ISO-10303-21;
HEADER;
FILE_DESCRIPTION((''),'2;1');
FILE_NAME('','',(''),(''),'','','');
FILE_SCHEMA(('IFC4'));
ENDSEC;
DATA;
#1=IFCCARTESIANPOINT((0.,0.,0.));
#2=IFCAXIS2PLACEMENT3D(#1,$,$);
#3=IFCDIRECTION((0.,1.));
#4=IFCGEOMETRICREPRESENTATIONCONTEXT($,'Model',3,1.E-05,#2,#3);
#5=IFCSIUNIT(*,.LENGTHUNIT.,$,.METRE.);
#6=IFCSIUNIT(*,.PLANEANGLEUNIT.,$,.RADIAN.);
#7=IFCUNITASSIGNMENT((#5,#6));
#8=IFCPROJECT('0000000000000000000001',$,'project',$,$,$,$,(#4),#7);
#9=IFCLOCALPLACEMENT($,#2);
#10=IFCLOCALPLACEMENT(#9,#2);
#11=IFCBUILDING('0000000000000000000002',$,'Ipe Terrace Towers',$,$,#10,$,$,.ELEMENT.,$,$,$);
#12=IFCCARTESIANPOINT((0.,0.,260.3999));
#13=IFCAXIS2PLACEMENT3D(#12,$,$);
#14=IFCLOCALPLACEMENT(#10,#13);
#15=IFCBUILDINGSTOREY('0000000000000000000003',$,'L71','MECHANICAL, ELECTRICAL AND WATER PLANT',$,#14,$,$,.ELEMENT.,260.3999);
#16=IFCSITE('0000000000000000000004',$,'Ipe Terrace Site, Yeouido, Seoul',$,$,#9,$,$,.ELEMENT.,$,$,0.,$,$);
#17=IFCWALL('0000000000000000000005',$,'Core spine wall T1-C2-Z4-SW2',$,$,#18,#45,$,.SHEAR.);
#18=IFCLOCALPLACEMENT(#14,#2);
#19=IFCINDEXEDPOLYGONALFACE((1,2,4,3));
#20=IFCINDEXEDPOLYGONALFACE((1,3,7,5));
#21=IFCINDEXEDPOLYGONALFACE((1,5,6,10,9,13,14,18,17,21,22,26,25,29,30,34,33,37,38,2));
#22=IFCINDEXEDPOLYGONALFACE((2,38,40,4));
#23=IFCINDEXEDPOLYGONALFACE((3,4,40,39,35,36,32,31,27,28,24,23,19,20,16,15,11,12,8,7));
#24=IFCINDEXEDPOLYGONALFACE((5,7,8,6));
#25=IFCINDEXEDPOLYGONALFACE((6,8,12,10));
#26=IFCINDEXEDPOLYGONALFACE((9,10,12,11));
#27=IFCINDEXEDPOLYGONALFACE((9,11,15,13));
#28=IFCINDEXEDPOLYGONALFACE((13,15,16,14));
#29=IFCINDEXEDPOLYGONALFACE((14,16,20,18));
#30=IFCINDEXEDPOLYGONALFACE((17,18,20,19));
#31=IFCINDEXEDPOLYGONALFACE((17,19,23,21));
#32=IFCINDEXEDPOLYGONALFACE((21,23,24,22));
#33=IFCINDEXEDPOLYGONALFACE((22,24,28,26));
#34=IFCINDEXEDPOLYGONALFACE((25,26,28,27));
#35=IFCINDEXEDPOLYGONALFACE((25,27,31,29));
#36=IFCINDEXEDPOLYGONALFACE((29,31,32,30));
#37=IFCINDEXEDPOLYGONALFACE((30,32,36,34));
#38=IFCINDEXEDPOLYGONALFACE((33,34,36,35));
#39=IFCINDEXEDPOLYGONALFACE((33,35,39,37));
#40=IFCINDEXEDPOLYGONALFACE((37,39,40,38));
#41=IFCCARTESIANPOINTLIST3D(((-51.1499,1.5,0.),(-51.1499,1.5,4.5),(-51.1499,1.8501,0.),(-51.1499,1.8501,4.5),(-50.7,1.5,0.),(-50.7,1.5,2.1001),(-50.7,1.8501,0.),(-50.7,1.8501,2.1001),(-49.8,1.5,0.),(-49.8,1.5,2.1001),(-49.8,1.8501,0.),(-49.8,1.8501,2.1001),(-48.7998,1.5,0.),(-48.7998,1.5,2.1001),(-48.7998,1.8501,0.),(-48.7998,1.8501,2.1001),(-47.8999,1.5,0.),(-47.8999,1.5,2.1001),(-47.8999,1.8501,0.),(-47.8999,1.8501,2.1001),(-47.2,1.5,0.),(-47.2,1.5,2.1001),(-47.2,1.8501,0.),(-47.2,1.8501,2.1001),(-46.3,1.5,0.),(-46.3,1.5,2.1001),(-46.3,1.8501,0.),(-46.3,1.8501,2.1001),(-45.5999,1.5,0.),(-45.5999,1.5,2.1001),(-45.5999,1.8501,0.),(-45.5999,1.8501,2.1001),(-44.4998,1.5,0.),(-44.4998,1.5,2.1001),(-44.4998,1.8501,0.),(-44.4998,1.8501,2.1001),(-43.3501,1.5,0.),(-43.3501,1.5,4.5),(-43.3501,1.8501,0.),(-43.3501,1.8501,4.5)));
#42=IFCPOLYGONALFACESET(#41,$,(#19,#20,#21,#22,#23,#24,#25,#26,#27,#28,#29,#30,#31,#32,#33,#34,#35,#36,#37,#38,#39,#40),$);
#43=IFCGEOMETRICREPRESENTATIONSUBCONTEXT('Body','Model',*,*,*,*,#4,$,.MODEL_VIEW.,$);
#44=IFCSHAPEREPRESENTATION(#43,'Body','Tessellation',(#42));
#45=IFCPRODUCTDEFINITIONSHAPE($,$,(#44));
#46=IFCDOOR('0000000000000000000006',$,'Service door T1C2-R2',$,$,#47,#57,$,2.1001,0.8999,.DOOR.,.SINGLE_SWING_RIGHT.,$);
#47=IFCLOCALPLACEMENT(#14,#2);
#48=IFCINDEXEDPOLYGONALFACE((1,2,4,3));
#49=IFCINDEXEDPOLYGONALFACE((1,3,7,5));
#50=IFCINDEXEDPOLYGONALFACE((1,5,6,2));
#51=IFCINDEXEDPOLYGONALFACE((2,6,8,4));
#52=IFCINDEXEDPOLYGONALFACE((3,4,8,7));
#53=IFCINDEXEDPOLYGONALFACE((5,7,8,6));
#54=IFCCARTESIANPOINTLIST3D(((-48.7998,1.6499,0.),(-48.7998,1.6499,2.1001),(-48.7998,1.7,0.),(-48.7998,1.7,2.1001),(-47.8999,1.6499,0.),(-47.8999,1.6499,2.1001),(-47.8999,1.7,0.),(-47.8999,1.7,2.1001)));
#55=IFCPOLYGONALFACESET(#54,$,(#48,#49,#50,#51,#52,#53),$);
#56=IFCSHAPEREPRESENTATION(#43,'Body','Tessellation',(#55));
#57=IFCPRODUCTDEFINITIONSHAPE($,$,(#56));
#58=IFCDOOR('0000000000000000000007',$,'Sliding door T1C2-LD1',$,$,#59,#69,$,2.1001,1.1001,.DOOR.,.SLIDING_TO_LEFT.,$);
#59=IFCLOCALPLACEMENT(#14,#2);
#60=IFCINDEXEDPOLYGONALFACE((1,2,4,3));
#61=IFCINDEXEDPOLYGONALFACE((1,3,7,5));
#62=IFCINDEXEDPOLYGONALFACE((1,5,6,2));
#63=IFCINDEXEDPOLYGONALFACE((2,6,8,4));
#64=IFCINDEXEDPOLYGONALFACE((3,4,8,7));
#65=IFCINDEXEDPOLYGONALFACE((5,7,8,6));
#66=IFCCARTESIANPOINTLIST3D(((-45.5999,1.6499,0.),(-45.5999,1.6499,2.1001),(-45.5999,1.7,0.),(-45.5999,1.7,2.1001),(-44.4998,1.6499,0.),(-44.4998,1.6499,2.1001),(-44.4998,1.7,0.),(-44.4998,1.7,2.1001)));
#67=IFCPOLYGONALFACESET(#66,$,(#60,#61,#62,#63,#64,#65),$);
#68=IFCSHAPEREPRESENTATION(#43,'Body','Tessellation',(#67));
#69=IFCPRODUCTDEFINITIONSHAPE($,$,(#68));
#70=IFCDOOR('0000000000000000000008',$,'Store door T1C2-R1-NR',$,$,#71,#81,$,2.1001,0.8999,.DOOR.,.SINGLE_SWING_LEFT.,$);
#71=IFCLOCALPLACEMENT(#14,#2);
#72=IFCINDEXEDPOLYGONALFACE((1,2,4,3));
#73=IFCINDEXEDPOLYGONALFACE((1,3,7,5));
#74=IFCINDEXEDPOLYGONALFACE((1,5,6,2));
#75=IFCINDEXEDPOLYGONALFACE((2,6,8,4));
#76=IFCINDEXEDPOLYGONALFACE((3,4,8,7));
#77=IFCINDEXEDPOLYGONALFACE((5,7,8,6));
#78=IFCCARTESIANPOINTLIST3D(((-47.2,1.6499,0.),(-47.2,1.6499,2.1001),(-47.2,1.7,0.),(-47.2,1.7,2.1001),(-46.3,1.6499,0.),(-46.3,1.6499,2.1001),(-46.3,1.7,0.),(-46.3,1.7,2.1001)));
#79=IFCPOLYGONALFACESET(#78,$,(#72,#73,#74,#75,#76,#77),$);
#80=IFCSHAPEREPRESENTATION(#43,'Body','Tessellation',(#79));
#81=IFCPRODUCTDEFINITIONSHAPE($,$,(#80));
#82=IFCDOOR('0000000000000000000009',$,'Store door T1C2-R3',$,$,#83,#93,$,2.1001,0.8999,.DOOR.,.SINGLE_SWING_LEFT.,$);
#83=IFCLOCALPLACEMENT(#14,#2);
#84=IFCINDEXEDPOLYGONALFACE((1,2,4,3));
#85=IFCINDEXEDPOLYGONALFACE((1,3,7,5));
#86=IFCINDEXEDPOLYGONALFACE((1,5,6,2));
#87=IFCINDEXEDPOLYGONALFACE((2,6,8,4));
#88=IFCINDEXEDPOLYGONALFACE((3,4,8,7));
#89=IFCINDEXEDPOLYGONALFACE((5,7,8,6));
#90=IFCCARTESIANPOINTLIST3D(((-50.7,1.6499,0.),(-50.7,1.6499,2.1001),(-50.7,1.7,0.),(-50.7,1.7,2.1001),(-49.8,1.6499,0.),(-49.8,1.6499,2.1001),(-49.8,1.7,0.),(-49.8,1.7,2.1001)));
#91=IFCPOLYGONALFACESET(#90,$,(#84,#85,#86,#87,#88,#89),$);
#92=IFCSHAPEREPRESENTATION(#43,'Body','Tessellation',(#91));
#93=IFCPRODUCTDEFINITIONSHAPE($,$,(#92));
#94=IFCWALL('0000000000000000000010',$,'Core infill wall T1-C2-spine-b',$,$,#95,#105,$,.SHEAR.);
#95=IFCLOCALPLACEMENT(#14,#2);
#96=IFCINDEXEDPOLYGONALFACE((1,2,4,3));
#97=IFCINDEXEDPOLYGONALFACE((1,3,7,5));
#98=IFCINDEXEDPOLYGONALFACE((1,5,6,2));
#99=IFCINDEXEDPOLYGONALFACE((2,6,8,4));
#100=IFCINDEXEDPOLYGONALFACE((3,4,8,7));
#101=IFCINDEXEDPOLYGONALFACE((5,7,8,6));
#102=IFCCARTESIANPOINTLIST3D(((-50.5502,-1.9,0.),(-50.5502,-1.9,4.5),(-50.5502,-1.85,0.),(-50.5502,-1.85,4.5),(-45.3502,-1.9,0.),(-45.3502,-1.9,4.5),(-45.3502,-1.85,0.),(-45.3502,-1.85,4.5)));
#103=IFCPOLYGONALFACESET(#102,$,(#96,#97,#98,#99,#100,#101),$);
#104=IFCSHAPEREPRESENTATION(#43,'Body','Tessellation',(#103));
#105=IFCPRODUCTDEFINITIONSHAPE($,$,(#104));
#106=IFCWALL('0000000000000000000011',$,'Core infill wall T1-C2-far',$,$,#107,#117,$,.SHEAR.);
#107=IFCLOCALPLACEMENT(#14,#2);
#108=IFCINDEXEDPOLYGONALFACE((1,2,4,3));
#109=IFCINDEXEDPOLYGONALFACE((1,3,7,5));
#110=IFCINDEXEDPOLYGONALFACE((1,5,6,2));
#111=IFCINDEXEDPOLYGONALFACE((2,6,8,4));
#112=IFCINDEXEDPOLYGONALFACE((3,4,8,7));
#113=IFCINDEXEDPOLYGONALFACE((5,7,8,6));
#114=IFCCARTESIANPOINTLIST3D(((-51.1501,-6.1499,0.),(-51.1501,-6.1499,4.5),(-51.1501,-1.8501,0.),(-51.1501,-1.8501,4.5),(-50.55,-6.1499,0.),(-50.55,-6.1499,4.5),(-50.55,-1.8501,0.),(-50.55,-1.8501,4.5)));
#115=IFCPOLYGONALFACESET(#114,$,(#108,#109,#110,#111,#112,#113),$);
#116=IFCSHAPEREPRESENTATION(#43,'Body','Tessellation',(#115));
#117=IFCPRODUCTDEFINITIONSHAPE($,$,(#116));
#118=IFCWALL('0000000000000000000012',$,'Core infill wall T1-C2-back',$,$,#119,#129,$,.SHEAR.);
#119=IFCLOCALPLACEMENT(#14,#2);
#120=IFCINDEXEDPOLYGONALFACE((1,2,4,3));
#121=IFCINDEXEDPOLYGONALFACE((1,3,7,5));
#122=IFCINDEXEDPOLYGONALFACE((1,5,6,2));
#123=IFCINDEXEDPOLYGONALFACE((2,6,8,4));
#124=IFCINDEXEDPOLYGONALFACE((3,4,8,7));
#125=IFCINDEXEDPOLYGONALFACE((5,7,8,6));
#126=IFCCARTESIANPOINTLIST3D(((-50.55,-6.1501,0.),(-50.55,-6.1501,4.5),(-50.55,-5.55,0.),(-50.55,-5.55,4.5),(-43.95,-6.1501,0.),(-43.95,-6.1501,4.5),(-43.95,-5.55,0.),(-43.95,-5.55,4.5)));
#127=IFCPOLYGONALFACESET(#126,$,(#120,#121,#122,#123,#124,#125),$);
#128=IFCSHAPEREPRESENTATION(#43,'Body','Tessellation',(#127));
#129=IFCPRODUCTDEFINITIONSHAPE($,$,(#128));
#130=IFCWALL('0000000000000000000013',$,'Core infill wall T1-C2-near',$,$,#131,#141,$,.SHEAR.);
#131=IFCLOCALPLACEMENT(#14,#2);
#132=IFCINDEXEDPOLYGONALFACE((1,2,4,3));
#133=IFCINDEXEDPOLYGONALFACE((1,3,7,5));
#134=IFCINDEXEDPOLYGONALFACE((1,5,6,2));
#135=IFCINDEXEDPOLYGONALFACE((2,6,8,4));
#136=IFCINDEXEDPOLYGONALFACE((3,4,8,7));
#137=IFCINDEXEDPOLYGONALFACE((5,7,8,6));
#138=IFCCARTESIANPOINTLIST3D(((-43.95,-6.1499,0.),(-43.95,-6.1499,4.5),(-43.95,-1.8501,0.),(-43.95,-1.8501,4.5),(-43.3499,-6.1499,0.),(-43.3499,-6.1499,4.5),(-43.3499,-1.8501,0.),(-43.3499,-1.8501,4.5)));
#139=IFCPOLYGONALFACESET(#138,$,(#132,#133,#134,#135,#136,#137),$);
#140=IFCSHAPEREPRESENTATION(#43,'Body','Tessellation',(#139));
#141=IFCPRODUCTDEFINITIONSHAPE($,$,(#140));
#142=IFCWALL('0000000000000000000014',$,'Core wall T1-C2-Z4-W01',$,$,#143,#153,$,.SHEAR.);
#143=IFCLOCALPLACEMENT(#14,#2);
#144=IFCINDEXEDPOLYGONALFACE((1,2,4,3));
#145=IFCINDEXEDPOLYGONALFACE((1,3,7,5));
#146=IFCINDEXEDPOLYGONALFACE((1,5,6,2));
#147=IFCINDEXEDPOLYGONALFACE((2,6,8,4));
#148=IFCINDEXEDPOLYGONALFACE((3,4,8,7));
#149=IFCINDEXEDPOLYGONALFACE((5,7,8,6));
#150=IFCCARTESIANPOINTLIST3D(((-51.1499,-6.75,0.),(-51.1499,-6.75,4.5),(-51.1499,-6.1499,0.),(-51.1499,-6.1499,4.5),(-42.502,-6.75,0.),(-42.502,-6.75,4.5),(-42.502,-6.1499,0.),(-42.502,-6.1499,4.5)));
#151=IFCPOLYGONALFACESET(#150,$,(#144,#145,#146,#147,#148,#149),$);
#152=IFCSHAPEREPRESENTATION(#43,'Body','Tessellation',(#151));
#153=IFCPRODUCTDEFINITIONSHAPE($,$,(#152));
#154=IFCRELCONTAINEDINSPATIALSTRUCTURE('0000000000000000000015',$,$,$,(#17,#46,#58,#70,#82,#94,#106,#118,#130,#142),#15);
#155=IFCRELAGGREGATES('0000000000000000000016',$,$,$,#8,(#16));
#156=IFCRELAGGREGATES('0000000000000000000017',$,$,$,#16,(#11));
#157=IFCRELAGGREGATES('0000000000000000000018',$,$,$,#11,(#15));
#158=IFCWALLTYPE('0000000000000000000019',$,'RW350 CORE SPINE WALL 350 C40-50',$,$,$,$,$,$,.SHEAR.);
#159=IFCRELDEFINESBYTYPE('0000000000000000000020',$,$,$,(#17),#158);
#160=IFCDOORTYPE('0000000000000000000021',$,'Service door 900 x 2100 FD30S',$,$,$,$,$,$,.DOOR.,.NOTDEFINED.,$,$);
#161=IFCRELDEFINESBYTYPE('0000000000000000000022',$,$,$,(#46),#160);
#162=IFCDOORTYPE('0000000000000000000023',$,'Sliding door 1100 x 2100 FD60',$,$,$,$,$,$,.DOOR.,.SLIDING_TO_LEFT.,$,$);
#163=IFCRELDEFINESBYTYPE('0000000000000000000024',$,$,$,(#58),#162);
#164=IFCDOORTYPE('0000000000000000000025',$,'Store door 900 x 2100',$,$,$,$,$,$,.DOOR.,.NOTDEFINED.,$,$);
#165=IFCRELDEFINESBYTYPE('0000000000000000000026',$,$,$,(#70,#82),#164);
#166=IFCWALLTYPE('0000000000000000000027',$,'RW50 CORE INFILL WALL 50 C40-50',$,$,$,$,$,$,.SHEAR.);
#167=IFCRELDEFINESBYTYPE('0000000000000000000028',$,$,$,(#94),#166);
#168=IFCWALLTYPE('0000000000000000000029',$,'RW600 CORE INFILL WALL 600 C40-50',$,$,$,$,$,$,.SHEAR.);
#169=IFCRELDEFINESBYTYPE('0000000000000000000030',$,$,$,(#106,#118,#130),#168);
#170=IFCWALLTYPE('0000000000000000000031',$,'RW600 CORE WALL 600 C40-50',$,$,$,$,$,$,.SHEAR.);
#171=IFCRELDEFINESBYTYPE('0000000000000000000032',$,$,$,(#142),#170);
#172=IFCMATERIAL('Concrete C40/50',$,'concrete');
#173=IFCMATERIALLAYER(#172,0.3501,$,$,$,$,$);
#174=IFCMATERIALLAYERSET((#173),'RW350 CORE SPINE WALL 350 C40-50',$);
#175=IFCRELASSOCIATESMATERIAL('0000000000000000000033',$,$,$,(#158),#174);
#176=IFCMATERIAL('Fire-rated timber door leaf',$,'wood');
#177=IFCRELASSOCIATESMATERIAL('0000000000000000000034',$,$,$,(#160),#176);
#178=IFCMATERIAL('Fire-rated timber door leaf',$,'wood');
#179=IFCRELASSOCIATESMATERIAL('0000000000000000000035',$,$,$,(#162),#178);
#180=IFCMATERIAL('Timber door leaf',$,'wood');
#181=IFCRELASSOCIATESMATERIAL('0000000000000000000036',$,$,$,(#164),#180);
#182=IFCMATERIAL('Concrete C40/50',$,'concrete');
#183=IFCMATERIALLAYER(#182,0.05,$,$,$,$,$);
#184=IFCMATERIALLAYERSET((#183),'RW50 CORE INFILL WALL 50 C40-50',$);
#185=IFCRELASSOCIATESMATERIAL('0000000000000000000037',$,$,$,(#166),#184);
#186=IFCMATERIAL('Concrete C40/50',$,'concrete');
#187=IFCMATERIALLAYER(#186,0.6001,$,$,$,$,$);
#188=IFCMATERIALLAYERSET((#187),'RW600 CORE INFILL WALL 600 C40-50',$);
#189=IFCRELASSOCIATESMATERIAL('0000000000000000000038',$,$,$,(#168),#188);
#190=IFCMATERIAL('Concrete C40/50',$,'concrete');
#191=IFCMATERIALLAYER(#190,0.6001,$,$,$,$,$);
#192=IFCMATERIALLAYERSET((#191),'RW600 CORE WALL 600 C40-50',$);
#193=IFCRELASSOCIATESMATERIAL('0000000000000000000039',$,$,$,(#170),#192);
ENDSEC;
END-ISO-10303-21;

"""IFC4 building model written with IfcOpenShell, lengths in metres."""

from ifc_helpers import new_model, si_unit, direction, frame, frame_2d, origin, place, context, subcontext, project, spatial, rectangle, extrude, material, layer, layer_set, type_object, element, fill, save


model = new_model("IFC4")

# Units and contexts
model_context = context("Model", 3, precision=1e-05, world=origin(), true_north=direction((0.0, 1.0)))
body_context = subcontext(model_context, "Body", "Model", "MODEL_VIEW")
ifc_project = project(units=[si_unit("LENGTHUNIT", "METRE"), si_unit("PLANEANGLEUNIT", "RADIAN")], contexts=[model_context])

# Site, building, storey
site_placement = place(None, origin())
site = spatial("IfcSite", under=ifc_project, at=site_placement, Name="Ipe Terrace Site, Yeouido, Seoul", CompositionType="ELEMENT", RefElevation=0.0)
building_placement = place(site_placement, origin())
building = spatial("IfcBuilding", under=site, at=building_placement, Name="Ipe Terrace Towers", CompositionType="ELEMENT")
storey_placement = place(building_placement, frame((0.0, 0.0, 260.3999)))
storey = spatial("IfcBuildingStorey", under=building, at=storey_placement, Name="L71", Description="MECHANICAL, ELECTRICAL AND WATER PLANT", CompositionType="ELEMENT", Elevation=260.3999)

# Shared definitions
ifc_material_1 = material(Name="Concrete C40/50", Category="concrete")
ifc_layer_1 = layer(ifc_material_1, 0.3501)
ifc_layer_set_1 = layer_set([ifc_layer_1], Name="RW350 CORE SPINE WALL 350 C40-50")
wall_type_1 = type_object("IfcWallType", Name="RW350 CORE SPINE WALL 350 C40-50", PredefinedType="SHEAR", material=ifc_layer_set_1)

# Wall, openings, doors
wall_1_placement = place(storey_placement, frame((-51.1499, 1.675, 0.0), z_axis=(0.0, 0.0, 1.0), x_axis=(1.0, 0.0, 0.0)))
wall_1 = element("IfcWall", 1, at=wall_1_placement, inside=storey, type_object=wall_type_1, Name="Core spine wall T1-C2-Z4-SW2", PredefinedType="SHEAR", context=body_context, shape_type="SweptSolid", body=[
    extrude(rectangle(XDim=7.7998, YDim=0.3501, at=frame_2d((3.8999, 0.0))), origin(), (0.0, 0.0, 1.0), 4.5),
])
opening_1_placement = place(wall_1_placement, frame((5.55, 0.0, 0.0)))
opening_1 = element("IfcOpeningElement", 2, at=opening_1_placement, cuts=wall_1, PredefinedType="OPENING", context=body_context, shape_type="SweptSolid", body=[
    extrude(rectangle(XDim=1.1001, YDim=2.1001, at=frame_2d((0.55, 1.05))), frame((0.0, 0.1851, 0.0), z_axis=(0.0, -1.0, 0.0), x_axis=(1.0, 0.0, 0.0)), (0.0, 0.0, 1.0), 0.3701),
])
opening_2_placement = place(wall_1_placement, frame((3.95, 0.0, 0.0)))
opening_2 = element("IfcOpeningElement", 3, at=opening_2_placement, cuts=wall_1, PredefinedType="OPENING", context=body_context, shape_type="SweptSolid", body=[
    extrude(rectangle(XDim=0.8999, YDim=2.1001, at=frame_2d((0.45, 1.05))), frame((0.0, 0.1851, 0.0), z_axis=(0.0, -1.0, 0.0), x_axis=(1.0, 0.0, 0.0)), (0.0, 0.0, 1.0), 0.3701),
])
opening_3_placement = place(wall_1_placement, frame((2.3501, 0.0, 0.0)))
opening_3 = element("IfcOpeningElement", 4, at=opening_3_placement, cuts=wall_1, PredefinedType="OPENING", context=body_context, shape_type="SweptSolid", body=[
    extrude(rectangle(XDim=0.8999, YDim=2.1001, at=frame_2d((0.45, 1.05))), frame((0.0, 0.1851, 0.0), z_axis=(0.0, -1.0, 0.0), x_axis=(1.0, 0.0, 0.0)), (0.0, 0.0, 1.0), 0.3701),
])
opening_4_placement = place(wall_1_placement, frame((0.45, 0.0, 0.0)))
opening_4 = element("IfcOpeningElement", 5, at=opening_4_placement, cuts=wall_1, PredefinedType="OPENING", context=body_context, shape_type="SweptSolid", body=[
    extrude(rectangle(XDim=0.8999, YDim=2.1001, at=frame_2d((0.45, 1.05))), frame((0.0, 0.1851, 0.0), z_axis=(0.0, -1.0, 0.0), x_axis=(1.0, 0.0, 0.0)), (0.0, 0.0, 1.0), 0.3701),
])
ifc_material_2 = material(Name="Fire-rated timber door leaf", Category="wood")
door_type_1 = type_object("IfcDoorType", Name="Service door 900 x 2100 FD30S", OperationType="NOTDEFINED", PredefinedType="DOOR", material=ifc_material_2)
door_1_placement = place(opening_3_placement, origin())
door_1 = element("IfcDoor", 6, at=door_1_placement, inside=storey, type_object=door_type_1, Name="Service door T1C2-R2", OperationType="SINGLE_SWING_RIGHT", OverallHeight=2.1001, OverallWidth=0.8999, PredefinedType="DOOR", context=body_context, shape_type="SweptSolid", body=[
    extrude(rectangle(XDim=0.8999, YDim=2.1001, at=frame_2d((0.45, 1.05))), frame((0.0, 0.0249, 0.0), z_axis=(0.0, -1.0, 0.0), x_axis=(1.0, 0.0, 0.0)), (0.0, 0.0, 1.0), 0.05),
])
fill(opening_3, door_1)
ifc_material_3 = material(Name="Fire-rated timber door leaf", Category="wood")
door_type_2 = type_object("IfcDoorType", Name="Sliding door 1100 x 2100 FD60", OperationType="SLIDING_TO_LEFT", PredefinedType="DOOR", material=ifc_material_3)
door_2_placement = place(opening_1_placement, origin())
door_2 = element("IfcDoor", 7, at=door_2_placement, inside=storey, type_object=door_type_2, Name="Sliding door T1C2-LD1", OperationType="SLIDING_TO_LEFT", OverallHeight=2.1001, OverallWidth=1.1001, PredefinedType="DOOR", context=body_context, shape_type="SweptSolid", body=[
    extrude(rectangle(XDim=1.1001, YDim=2.1001, at=frame_2d((0.55, 1.05))), frame((0.0, 0.0249, 0.0), z_axis=(0.0, -1.0, 0.0), x_axis=(1.0, 0.0, 0.0)), (0.0, 0.0, 1.0), 0.05),
])
fill(opening_1, door_2)
ifc_material_4 = material(Name="Timber door leaf", Category="wood")
door_type_3 = type_object("IfcDoorType", Name="Store door 900 x 2100", OperationType="NOTDEFINED", PredefinedType="DOOR", material=ifc_material_4)
door_3_placement = place(opening_2_placement, origin())
door_3 = element("IfcDoor", 8, at=door_3_placement, inside=storey, type_object=door_type_3, Name="Store door T1C2-R1-NR", OperationType="SINGLE_SWING_LEFT", OverallHeight=2.1001, OverallWidth=0.8999, PredefinedType="DOOR", context=body_context, shape_type="SweptSolid", body=[
    extrude(rectangle(XDim=0.8999, YDim=2.1001, at=frame_2d((0.45, 1.05))), frame((0.0, 0.0249, 0.0), z_axis=(0.0, -1.0, 0.0), x_axis=(1.0, 0.0, 0.0)), (0.0, 0.0, 1.0), 0.05),
])
fill(opening_2, door_3)
door_4_placement = place(opening_4_placement, origin())
door_4 = element("IfcDoor", 9, at=door_4_placement, inside=storey, type_object=door_type_3, Name="Store door T1C2-R3", OperationType="SINGLE_SWING_LEFT", OverallHeight=2.1001, OverallWidth=0.8999, PredefinedType="DOOR", context=body_context, shape_type="SweptSolid", body=[
    extrude(rectangle(XDim=0.8999, YDim=2.1001, at=frame_2d((0.45, 1.05))), frame((0.0, 0.0249, 0.0), z_axis=(0.0, -1.0, 0.0), x_axis=(1.0, 0.0, 0.0)), (0.0, 0.0, 1.0), 0.05),
])
fill(opening_4, door_4)

# Walls
ifc_material_5 = material(Name="Concrete C40/50", Category="concrete")
ifc_layer_2 = layer(ifc_material_5, 0.05)
ifc_layer_set_2 = layer_set([ifc_layer_2], Name="RW50 CORE INFILL WALL 50 C40-50")
wall_type_2 = type_object("IfcWallType", Name="RW50 CORE INFILL WALL 50 C40-50", PredefinedType="SHEAR", material=ifc_layer_set_2)
wall_2_placement = place(storey_placement, frame((-45.3501, -1.875, 0.0), z_axis=(0.0, 0.0, 1.0), x_axis=(-1.0, 0.0, 0.0)))
element("IfcWall", 10, at=wall_2_placement, inside=storey, type_object=wall_type_2, Name="Core infill wall T1-C2-spine-b", PredefinedType="SHEAR", context=body_context, shape_type="SweptSolid", body=[
    extrude(rectangle(XDim=5.2, YDim=0.05, at=frame_2d((2.6001, 0.0))), origin(), (0.0, 0.0, 1.0), 4.5),
])
ifc_material_6 = material(Name="Concrete C40/50", Category="concrete")
ifc_layer_3 = layer(ifc_material_6, 0.6001)
ifc_layer_set_3 = layer_set([ifc_layer_3], Name="RW600 CORE INFILL WALL 600 C40-50")
wall_type_3 = type_object("IfcWallType", Name="RW600 CORE INFILL WALL 600 C40-50", PredefinedType="SHEAR", material=ifc_layer_set_3)
wall_3_placement = place(storey_placement, frame((-50.8501, -1.8501, 0.0), z_axis=(0.0, 0.0, 1.0), x_axis=(0.0, -1.0, 0.0)))
element("IfcWall", 11, at=wall_3_placement, inside=storey, type_object=wall_type_3, Name="Core infill wall T1-C2-far", PredefinedType="SHEAR", context=body_context, shape_type="SweptSolid", body=[
    extrude(rectangle(XDim=4.2998, YDim=0.6001, at=frame_2d((2.1499, 0.0))), origin(), (0.0, 0.0, 1.0), 4.5),
])
wall_4_placement = place(storey_placement, frame((-43.95, -5.8501, 0.0), z_axis=(0.0, 0.0, 1.0), x_axis=(-1.0, 0.0, 0.0)))
element("IfcWall", 12, at=wall_4_placement, inside=storey, type_object=wall_type_3, Name="Core infill wall T1-C2-back", PredefinedType="SHEAR", context=body_context, shape_type="SweptSolid", body=[
    extrude(rectangle(XDim=6.6001, YDim=0.6001, at=frame_2d((3.3, 0.0))), origin(), (0.0, 0.0, 1.0), 4.5),
])
wall_5_placement = place(storey_placement, frame((-43.6499, -1.8501, 0.0), z_axis=(0.0, 0.0, 1.0), x_axis=(0.0, -1.0, 0.0)))
element("IfcWall", 13, at=wall_5_placement, inside=storey, type_object=wall_type_3, Name="Core infill wall T1-C2-near", PredefinedType="SHEAR", context=body_context, shape_type="SweptSolid", body=[
    extrude(rectangle(XDim=4.2998, YDim=0.6001, at=frame_2d((2.1499, 0.0))), origin(), (0.0, 0.0, 1.0), 4.5),
])
ifc_material_7 = material(Name="Concrete C40/50", Category="concrete")
ifc_layer_4 = layer(ifc_material_7, 0.6001)
ifc_layer_set_4 = layer_set([ifc_layer_4], Name="RW600 CORE WALL 600 C40-50")
wall_type_4 = type_object("IfcWallType", Name="RW600 CORE WALL 600 C40-50", PredefinedType="SHEAR", material=ifc_layer_set_4)
wall_6_placement = place(storey_placement, frame((-51.1499, -6.45, 0.0), z_axis=(0.0, 0.0, 1.0), x_axis=(1.0, 0.0, 0.0)))
element("IfcWall", 14, at=wall_6_placement, inside=storey, type_object=wall_type_4, Name="Core wall T1-C2-Z4-W01", PredefinedType="SHEAR", context=body_context, shape_type="SweptSolid", body=[
    extrude(rectangle(XDim=8.6479, YDim=0.6001, at=frame_2d((4.324, 0.0))), origin(), (0.0, 0.0, 1.0), 4.5),
])

save(model, "model.ifc")
